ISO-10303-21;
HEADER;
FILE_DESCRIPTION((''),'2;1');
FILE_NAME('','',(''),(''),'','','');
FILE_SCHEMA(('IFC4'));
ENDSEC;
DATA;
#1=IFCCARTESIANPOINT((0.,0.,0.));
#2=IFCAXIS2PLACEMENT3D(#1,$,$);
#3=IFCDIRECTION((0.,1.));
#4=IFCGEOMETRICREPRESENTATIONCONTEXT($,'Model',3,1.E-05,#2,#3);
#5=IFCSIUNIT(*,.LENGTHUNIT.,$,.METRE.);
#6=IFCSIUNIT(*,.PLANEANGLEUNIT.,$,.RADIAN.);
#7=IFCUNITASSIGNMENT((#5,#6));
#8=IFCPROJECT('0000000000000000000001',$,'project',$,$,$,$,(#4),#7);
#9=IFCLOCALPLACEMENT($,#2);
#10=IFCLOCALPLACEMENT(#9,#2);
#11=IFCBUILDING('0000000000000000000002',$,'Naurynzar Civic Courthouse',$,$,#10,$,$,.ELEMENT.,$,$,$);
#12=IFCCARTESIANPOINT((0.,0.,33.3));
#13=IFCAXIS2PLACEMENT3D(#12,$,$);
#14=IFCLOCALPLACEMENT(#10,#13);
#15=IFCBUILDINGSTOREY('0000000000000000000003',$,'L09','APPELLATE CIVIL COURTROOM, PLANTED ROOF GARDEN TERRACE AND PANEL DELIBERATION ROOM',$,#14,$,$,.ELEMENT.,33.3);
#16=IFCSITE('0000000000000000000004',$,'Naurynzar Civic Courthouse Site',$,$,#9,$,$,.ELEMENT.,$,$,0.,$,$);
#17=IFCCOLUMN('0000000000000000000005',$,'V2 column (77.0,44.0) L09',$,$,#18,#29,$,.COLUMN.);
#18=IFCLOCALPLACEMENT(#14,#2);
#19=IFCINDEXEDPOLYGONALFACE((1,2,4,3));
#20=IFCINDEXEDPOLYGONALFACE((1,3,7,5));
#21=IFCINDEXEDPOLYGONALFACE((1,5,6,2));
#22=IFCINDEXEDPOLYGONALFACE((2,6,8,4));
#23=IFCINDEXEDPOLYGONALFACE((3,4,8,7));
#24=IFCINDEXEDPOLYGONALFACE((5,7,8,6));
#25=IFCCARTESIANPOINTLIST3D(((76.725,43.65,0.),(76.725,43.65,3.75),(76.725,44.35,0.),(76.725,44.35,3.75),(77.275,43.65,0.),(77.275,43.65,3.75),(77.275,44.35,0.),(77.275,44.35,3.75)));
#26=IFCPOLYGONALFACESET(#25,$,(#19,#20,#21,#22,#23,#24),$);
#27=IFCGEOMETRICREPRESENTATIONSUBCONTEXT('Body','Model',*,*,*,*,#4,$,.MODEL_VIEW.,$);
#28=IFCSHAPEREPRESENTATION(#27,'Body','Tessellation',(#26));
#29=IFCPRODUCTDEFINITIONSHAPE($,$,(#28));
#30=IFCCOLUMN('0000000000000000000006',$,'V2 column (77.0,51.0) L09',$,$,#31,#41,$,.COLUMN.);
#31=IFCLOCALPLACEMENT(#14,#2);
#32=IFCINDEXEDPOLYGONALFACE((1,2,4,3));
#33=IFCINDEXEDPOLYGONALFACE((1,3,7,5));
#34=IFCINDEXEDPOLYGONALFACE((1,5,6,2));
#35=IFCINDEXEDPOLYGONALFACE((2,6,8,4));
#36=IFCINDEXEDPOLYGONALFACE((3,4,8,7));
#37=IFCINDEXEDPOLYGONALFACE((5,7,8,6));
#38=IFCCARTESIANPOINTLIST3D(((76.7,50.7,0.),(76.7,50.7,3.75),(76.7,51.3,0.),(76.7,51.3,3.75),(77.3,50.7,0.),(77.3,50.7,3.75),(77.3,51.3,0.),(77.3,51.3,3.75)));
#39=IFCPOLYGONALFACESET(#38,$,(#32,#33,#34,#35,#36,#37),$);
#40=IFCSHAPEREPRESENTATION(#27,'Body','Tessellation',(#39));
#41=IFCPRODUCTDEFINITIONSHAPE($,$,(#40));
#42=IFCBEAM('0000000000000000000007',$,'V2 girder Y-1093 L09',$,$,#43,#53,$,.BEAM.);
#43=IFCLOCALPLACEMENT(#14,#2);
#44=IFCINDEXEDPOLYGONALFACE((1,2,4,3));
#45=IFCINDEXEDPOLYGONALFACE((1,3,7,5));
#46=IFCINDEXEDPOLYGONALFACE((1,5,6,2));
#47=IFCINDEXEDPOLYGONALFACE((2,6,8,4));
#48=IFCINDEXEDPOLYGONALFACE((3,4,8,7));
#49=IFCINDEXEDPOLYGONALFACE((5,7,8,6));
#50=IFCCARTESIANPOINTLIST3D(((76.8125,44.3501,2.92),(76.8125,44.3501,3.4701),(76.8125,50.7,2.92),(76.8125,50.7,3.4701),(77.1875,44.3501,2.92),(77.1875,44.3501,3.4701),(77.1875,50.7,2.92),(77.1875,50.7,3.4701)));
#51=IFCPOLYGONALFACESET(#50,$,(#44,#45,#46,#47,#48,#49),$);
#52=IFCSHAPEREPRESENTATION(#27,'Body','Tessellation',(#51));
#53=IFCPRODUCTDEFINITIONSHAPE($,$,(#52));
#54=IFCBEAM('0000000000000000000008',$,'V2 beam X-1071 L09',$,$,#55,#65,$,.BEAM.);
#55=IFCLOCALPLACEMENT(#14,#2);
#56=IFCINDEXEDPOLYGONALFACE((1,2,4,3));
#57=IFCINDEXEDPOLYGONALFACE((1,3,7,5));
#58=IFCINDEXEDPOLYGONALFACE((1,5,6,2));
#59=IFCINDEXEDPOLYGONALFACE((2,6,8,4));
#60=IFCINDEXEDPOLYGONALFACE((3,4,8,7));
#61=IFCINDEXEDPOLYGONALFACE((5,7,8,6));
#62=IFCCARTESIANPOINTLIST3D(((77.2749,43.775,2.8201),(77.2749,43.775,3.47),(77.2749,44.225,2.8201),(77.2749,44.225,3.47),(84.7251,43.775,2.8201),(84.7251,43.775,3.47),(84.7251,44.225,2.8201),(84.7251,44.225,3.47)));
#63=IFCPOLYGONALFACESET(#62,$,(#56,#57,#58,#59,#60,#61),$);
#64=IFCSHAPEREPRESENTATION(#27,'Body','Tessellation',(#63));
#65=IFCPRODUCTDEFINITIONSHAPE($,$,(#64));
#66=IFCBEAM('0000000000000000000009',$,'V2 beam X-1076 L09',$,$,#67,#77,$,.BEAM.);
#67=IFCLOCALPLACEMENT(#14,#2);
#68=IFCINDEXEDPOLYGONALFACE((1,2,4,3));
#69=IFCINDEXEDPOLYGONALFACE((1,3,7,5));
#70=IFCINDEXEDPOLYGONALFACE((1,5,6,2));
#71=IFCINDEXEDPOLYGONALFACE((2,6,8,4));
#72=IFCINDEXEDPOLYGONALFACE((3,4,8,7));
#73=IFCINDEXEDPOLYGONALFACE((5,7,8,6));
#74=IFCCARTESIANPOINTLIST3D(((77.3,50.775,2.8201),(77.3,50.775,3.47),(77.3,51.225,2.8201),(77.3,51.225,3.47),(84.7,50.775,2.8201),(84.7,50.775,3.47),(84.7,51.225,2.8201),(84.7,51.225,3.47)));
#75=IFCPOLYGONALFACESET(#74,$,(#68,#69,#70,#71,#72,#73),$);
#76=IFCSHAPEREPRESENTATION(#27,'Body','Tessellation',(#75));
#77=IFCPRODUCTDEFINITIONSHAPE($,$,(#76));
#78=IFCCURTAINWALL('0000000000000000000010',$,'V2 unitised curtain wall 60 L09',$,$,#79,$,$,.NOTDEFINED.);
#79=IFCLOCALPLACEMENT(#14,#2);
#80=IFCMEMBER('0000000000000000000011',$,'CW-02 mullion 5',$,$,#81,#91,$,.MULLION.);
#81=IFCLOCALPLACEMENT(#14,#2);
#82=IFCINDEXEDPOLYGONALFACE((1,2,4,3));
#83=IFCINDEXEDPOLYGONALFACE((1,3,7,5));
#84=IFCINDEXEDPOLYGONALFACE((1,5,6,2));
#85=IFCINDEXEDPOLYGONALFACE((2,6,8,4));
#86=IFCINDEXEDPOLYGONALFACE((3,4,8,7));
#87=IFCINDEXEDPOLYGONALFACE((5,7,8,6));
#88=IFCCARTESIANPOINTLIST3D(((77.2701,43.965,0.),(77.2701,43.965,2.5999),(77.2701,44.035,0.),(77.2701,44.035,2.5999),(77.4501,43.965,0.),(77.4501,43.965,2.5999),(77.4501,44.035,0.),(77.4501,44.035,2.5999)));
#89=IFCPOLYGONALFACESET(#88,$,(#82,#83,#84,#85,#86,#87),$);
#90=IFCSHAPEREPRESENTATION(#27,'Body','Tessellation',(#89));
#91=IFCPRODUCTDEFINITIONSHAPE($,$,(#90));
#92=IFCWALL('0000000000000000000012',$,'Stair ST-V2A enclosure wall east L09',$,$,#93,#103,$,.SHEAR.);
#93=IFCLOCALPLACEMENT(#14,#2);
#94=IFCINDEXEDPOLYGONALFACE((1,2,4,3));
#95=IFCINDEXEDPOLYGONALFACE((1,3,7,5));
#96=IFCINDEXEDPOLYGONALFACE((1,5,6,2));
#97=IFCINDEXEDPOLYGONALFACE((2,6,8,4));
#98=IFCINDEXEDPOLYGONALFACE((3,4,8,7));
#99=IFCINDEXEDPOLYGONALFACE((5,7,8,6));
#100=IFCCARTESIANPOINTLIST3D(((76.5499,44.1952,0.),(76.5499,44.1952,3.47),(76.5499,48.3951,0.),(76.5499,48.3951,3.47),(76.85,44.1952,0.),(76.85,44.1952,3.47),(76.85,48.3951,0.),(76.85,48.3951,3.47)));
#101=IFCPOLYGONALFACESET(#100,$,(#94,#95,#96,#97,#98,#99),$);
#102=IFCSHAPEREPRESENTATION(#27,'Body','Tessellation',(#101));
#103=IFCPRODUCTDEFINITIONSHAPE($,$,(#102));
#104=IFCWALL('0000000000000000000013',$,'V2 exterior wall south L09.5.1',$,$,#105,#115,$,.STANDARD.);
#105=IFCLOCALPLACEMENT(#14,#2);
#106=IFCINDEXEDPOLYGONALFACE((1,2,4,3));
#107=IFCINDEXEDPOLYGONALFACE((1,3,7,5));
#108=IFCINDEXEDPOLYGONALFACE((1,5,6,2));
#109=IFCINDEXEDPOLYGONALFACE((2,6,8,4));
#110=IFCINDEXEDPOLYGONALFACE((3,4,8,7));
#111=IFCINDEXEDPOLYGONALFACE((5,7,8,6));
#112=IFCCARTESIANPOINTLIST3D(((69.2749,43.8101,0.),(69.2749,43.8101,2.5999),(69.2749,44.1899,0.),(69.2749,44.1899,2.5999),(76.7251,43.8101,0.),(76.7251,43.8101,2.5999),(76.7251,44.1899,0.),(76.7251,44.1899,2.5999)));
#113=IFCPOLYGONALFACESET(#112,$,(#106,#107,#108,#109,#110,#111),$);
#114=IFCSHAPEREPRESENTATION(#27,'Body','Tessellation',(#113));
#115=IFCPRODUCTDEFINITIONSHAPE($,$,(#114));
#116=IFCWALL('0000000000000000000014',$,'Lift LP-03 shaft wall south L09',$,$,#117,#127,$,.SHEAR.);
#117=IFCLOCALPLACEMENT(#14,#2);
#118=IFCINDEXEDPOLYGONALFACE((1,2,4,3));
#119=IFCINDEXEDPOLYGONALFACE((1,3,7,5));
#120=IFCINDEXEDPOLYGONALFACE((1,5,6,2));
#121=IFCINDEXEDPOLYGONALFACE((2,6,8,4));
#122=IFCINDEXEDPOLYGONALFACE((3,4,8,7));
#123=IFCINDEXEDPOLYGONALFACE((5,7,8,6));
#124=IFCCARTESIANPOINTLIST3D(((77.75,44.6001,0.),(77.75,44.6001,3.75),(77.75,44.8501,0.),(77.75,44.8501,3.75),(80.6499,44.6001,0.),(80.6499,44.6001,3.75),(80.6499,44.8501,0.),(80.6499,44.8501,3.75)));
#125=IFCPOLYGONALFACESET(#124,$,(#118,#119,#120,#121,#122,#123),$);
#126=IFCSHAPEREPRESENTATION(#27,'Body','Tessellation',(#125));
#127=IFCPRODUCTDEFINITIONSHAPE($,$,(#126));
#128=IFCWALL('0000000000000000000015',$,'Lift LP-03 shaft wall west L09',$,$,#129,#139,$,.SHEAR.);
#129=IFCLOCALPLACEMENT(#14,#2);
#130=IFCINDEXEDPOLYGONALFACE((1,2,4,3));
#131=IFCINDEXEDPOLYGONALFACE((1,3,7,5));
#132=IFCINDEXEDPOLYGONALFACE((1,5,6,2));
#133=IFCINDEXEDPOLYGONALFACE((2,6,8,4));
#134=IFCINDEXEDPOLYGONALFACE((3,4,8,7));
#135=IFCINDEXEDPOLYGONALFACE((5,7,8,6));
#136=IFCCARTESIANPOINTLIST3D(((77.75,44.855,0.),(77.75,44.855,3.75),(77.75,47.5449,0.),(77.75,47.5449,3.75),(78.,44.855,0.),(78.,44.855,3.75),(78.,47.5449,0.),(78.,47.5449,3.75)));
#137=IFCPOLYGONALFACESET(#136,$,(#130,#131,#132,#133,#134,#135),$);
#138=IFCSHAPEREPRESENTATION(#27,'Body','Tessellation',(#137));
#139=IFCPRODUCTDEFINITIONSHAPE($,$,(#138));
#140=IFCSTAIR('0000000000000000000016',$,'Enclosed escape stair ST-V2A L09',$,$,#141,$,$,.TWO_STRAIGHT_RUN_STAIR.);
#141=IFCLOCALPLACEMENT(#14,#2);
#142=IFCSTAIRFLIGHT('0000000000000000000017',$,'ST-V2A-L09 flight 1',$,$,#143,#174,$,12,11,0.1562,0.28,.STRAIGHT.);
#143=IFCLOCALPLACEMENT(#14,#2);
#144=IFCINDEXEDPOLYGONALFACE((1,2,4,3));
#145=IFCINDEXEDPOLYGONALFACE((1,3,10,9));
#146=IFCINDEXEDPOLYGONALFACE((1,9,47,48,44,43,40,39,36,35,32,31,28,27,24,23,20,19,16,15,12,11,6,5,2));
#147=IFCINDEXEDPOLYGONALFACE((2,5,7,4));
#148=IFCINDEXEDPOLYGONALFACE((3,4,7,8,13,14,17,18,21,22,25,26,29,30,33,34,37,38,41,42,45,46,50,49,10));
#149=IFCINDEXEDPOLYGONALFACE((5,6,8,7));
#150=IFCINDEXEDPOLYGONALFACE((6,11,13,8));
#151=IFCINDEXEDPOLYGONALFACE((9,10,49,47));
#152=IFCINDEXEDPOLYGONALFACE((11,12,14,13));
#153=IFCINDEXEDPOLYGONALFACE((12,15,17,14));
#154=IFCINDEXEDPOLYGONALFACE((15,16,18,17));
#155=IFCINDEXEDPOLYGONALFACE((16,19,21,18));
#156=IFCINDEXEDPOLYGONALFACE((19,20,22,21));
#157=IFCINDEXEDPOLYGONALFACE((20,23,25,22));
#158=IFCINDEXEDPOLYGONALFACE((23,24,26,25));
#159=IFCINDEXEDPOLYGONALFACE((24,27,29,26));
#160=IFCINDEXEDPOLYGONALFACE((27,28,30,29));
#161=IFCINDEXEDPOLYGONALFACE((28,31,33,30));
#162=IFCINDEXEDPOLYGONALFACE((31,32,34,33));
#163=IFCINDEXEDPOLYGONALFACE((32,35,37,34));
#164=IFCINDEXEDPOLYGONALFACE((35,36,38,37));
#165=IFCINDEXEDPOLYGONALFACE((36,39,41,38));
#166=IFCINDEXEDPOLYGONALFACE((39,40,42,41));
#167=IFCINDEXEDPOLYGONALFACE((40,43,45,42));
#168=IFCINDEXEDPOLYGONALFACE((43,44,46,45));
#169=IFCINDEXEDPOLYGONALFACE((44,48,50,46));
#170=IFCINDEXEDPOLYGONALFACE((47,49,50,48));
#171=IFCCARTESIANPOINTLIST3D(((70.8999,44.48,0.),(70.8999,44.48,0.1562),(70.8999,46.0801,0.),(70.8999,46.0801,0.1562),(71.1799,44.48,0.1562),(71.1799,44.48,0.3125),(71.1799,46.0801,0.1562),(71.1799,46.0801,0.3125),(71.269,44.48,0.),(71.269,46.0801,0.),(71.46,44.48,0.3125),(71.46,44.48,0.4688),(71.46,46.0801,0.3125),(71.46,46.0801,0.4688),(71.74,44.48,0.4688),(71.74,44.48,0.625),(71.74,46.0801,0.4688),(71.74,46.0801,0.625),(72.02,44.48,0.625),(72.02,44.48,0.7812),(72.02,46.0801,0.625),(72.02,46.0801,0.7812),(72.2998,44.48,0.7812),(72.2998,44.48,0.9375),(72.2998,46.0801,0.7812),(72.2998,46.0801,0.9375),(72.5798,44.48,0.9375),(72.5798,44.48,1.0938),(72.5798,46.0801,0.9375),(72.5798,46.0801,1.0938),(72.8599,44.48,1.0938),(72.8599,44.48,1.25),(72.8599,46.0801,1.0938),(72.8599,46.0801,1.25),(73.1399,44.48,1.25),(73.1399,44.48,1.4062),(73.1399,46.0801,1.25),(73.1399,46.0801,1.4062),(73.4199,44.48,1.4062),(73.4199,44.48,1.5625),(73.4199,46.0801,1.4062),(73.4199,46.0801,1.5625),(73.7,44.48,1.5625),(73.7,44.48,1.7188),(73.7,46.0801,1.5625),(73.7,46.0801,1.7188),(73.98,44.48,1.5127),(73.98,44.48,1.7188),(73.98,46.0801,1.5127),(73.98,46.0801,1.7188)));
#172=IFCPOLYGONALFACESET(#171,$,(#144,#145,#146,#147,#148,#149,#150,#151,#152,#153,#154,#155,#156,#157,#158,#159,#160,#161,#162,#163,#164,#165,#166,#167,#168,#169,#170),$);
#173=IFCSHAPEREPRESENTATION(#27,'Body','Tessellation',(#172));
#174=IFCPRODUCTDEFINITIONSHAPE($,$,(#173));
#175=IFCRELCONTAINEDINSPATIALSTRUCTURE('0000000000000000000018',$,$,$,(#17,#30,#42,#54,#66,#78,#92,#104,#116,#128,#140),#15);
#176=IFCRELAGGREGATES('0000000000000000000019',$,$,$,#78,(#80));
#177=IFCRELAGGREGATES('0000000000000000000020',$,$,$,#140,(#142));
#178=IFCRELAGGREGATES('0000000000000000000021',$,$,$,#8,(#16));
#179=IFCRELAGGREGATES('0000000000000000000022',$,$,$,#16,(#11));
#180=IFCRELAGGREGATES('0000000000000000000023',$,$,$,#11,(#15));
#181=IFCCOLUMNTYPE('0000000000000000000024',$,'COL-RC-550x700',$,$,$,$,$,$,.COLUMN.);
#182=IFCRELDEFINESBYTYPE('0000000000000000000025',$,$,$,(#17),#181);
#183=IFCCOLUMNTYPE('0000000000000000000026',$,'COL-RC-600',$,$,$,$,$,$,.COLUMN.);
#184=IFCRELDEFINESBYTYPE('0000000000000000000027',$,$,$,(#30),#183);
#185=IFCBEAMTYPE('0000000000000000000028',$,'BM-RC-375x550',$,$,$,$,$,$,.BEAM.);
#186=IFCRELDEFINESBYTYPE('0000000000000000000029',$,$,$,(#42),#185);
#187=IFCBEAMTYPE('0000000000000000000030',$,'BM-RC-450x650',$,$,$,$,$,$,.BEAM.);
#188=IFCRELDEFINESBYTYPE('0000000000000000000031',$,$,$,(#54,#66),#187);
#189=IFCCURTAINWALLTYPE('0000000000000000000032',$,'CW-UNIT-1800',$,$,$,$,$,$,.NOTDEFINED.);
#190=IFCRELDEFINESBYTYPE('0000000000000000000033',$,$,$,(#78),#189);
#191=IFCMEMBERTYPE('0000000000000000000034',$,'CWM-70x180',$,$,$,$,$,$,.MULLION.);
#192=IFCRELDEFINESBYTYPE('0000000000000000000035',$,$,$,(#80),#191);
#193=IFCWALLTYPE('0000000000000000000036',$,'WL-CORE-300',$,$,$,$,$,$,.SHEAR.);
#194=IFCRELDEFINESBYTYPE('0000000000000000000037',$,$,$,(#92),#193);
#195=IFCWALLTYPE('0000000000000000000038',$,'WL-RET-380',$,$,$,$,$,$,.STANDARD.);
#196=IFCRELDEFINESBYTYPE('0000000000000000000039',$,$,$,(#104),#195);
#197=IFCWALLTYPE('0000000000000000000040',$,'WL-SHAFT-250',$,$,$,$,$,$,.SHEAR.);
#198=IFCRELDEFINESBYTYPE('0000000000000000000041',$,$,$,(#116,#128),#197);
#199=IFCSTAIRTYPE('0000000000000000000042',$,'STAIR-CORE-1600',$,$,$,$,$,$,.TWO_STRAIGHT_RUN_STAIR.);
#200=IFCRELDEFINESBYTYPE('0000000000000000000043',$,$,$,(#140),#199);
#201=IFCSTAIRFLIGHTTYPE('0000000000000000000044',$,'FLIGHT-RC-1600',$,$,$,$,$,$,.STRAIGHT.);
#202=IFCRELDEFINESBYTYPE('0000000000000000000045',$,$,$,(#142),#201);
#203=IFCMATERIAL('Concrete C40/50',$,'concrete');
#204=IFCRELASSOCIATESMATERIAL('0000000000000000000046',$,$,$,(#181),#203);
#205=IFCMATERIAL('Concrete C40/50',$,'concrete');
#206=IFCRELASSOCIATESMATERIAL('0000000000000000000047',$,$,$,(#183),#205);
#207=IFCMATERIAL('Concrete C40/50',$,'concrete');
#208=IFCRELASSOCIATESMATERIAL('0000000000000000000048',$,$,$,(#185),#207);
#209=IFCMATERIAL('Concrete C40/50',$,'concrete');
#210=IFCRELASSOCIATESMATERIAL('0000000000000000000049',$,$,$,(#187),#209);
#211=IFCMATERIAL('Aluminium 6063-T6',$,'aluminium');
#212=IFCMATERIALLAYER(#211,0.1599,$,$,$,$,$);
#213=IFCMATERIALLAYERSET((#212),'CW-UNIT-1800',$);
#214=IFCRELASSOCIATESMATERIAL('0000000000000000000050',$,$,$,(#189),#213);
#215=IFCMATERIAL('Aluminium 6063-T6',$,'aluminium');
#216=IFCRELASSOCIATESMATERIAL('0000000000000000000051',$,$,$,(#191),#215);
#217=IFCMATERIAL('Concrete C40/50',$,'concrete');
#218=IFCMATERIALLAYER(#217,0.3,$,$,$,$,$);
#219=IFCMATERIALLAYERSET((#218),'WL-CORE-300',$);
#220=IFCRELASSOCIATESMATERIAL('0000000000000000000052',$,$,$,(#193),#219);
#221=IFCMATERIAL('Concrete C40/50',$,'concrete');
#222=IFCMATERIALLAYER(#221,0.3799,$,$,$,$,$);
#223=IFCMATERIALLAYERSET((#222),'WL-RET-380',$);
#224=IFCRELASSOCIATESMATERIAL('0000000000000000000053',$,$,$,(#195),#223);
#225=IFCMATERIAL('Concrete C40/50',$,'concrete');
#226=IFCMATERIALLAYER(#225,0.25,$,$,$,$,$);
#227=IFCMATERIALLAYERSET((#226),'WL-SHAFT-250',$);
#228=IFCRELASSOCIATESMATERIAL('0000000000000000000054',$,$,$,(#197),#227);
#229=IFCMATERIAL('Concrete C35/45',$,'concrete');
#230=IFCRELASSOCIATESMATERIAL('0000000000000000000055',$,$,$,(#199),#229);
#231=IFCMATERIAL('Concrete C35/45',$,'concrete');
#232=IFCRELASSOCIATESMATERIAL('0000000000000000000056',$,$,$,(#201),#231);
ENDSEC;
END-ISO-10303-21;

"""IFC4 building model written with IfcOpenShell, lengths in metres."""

from ifc_helpers import new_model, si_unit, direction, frame, frame_2d, origin, origin_2d, place, context, subcontext, project, spatial, polyline, rectangle, outline, extrude, material, layer, layer_set, material_profile, profile_set, type_object, element, aggregate, save


model = new_model("IFC4")

# Units and contexts
model_context = context("Model", 3, precision=1e-05, world=origin(), true_north=direction((0.0, 1.0)))
body_context = subcontext(model_context, "Body", "Model", "MODEL_VIEW")
ifc_project = project(units=[si_unit("LENGTHUNIT", "METRE"), si_unit("PLANEANGLEUNIT", "RADIAN")], contexts=[model_context])

# Site, building, storey
site_placement = place(None, origin())
site = spatial("IfcSite", under=ifc_project, at=site_placement, Name="Naurynzar Civic Courthouse Site", CompositionType="ELEMENT", RefElevation=0.0)
building_placement = place(site_placement, origin())
building = spatial("IfcBuilding", under=site, at=building_placement, Name="Naurynzar Civic Courthouse", CompositionType="ELEMENT")
storey_placement = place(building_placement, frame((0.0, 0.0, 33.3)))
storey = spatial("IfcBuildingStorey", under=building, at=storey_placement, Name="L09", Description="APPELLATE CIVIL COURTROOM, PLANTED ROOF GARDEN TERRACE AND PANEL DELIBERATION ROOM", CompositionType="ELEMENT", Elevation=33.3)

# Columns
ifc_material_1 = material(Name="Concrete C40/50", Category="concrete")
ifc_material_profile_1 = material_profile(ifc_material_1, rectangle(XDim=0.55, YDim=0.7, at=origin_2d()), Name="RC 550x700")
ifc_profile_set_1 = profile_set([ifc_material_profile_1], Name="Concrete C40/50")
column_type_1 = type_object("IfcColumnType", Name="COL-RC-550x700", PredefinedType="COLUMN", material=ifc_profile_set_1)
column_1_placement = place(storey_placement, frame((77.0, 44.0, 0.0), z_axis=(0.0, 0.0, 1.0), x_axis=(1.0, 0.0, 0.0)))
element("IfcColumn", 1, at=column_1_placement, inside=storey, type_object=column_type_1, Name="V2 column (77.0,44.0) L09", PredefinedType="COLUMN", context=body_context, shape_type="SweptSolid", body=[
    extrude(rectangle(XDim=0.55, YDim=0.7, at=origin_2d()), origin(), (0.0, 0.0, 1.0), 3.75),
])
ifc_material_2 = material(Name="Concrete C40/50", Category="concrete")
ifc_material_profile_2 = material_profile(ifc_material_2, rectangle(XDim=0.6001, YDim=0.6001, at=origin_2d()), Name="RC 600x600")
ifc_profile_set_2 = profile_set([ifc_material_profile_2], Name="Concrete C40/50")
column_type_2 = type_object("IfcColumnType", Name="COL-RC-600", PredefinedType="COLUMN", material=ifc_profile_set_2)
column_2_placement = place(storey_placement, frame((77.0, 51.0, 0.0), z_axis=(0.0, 0.0, 1.0), x_axis=(1.0, 0.0, 0.0)))
element("IfcColumn", 2, at=column_2_placement, inside=storey, type_object=column_type_2, Name="V2 column (77.0,51.0) L09", PredefinedType="COLUMN", context=body_context, shape_type="SweptSolid", body=[
    extrude(rectangle(XDim=0.6001, YDim=0.6001, at=origin_2d()), origin(), (0.0, 0.0, 1.0), 3.75),
])

# Beams
ifc_material_3 = material(Name="Concrete C40/50", Category="concrete")
ifc_material_profile_3 = material_profile(ifc_material_3, rectangle(XDim=0.375, YDim=0.55, at=origin_2d()), Name="RCB 375x550")
ifc_profile_set_3 = profile_set([ifc_material_profile_3], Name="Concrete C40/50")
beam_type_1 = type_object("IfcBeamType", Name="BM-RC-375x550", PredefinedType="BEAM", material=ifc_profile_set_3)
beam_1_placement = place(storey_placement, frame((77.0, 44.3501, 3.1951), z_axis=(0.0, 1.0, 0.0), x_axis=(-1.0, 0.0, 0.0)))
element("IfcBeam", 3, at=beam_1_placement, inside=storey, type_object=beam_type_1, Name="V2 girder Y-1093 L09", PredefinedType="BEAM", context=body_context, shape_type="SweptSolid", body=[
    extrude(rectangle(XDim=0.375, YDim=0.55, at=origin_2d()), origin(), (0.0, 0.0, 1.0), 6.3499),
])
ifc_material_4 = material(Name="Concrete C40/50", Category="concrete")
ifc_material_profile_4 = material_profile(ifc_material_4, rectangle(XDim=0.45, YDim=0.6499, at=origin_2d()), Name="RCB 450x650")
ifc_profile_set_4 = profile_set([ifc_material_profile_4], Name="Concrete C40/50")
beam_type_2 = type_object("IfcBeamType", Name="BM-RC-450x650", PredefinedType="BEAM", material=ifc_profile_set_4)
beam_2_placement = place(storey_placement, frame((77.2749, 44.0, 3.145), z_axis=(1.0, 0.0, 0.0), x_axis=(0.0, 1.0, 0.0)))
element("IfcBeam", 4, at=beam_2_placement, inside=storey, type_object=beam_type_2, Name="V2 beam X-1071 L09", PredefinedType="BEAM", context=body_context, shape_type="SweptSolid", body=[
    extrude(rectangle(XDim=0.45, YDim=0.6499, at=origin_2d()), origin(), (0.0, 0.0, 1.0), 7.4502),
])
beam_3_placement = place(storey_placement, frame((77.3, 51.0, 3.145), z_axis=(1.0, 0.0, 0.0), x_axis=(0.0, 1.0, 0.0)))
element("IfcBeam", 5, at=beam_3_placement, inside=storey, type_object=beam_type_2, Name="V2 beam X-1076 L09", PredefinedType="BEAM", context=body_context, shape_type="SweptSolid", body=[
    extrude(rectangle(XDim=0.45, YDim=0.6499, at=origin_2d()), origin(), (0.0, 0.0, 1.0), 7.3999),
])

# Curtain wall, member
ifc_material_5 = material(Name="Aluminium 6063-T6", Category="aluminium")
ifc_layer_1 = layer(ifc_material_5, 0.1599)
ifc_layer_set_1 = layer_set([ifc_layer_1], Name="CW-UNIT-1800")
curtain_wall_type = type_object("IfcCurtainWallType", Name="CW-UNIT-1800", PredefinedType="NOTDEFINED", material=ifc_layer_set_1)
curtain_wall_placement = place(storey_placement, origin())
curtain_wall = element("IfcCurtainWall", 6, at=curtain_wall_placement, inside=storey, type_object=curtain_wall_type, Name="V2 unitised curtain wall 60 L09", PredefinedType="NOTDEFINED")
ifc_material_6 = material(Name="Aluminium 6063-T6", Category="aluminium")
ifc_material_profile_5 = material_profile(ifc_material_6, rectangle(XDim=0.0701, YDim=0.1799, at=origin_2d()), Name="ALU MULLION 70x180")
ifc_profile_set_5 = profile_set([ifc_material_profile_5], Name="Aluminium 6063-T6")
member_type = type_object("IfcMemberType", Name="CWM-70x180", PredefinedType="MULLION", material=ifc_profile_set_5)
member_placement = place(storey_placement, frame((77.3601, 44.0, 0.0), z_axis=(0.0, 0.0, 1.0), x_axis=(0.0, -1.0, 0.0)))
member = element("IfcMember", 7, at=member_placement, type_object=member_type, Name="CW-02 mullion 5", PredefinedType="MULLION", context=body_context, shape_type="SweptSolid", body=[
    extrude(rectangle(XDim=0.0701, YDim=0.1799, at=origin_2d()), origin(), (0.0, 0.0, 1.0), 2.5999),
])
aggregate(curtain_wall, [member])

# Shared definitions
ifc_material_7 = material(Name="Concrete C40/50", Category="concrete")
ifc_layer_2 = layer(ifc_material_7, 0.3)
ifc_layer_set_2 = layer_set([ifc_layer_2], Name="WL-CORE-300")
wall_type_1 = type_object("IfcWallType", Name="WL-CORE-300", PredefinedType="SHEAR", material=ifc_layer_set_2)

# Walls
wall_1_placement = place(storey_placement, frame((76.7, 44.1951, 0.0), z_axis=(0.0, 0.0, 1.0), x_axis=(0.0, 1.0, 0.0)))
element("IfcWall", 8, at=wall_1_placement, inside=storey, type_object=wall_type_1, Name="Stair ST-V2A enclosure wall east L09", PredefinedType="SHEAR", context=body_context, shape_type="SweptSolid", body=[
    extrude(rectangle(XDim=4.2, YDim=0.3, at=frame_2d((2.1001, 0.0))), origin(), (0.0, 0.0, 1.0), 3.47),
])
ifc_material_8 = material(Name="Concrete C40/50", Category="concrete")
ifc_layer_3 = layer(ifc_material_8, 0.3799)
ifc_layer_set_3 = layer_set([ifc_layer_3], Name="WL-RET-380")
wall_type_2 = type_object("IfcWallType", Name="WL-RET-380", PredefinedType="STANDARD", material=ifc_layer_set_3)
wall_2_placement = place(storey_placement, frame((76.7251, 44.0, 0.0), z_axis=(0.0, 0.0, 1.0), x_axis=(-1.0, 0.0, 0.0)))
element("IfcWall", 9, at=wall_2_placement, inside=storey, type_object=wall_type_2, Name="V2 exterior wall south L09.5.1", PredefinedType="STANDARD", context=body_context, shape_type="SweptSolid", body=[
    extrude(rectangle(XDim=7.4502, YDim=0.3799, at=frame_2d((3.7251, 0.0))), origin(), (0.0, 0.0, 1.0), 2.5999),
])
ifc_material_9 = material(Name="Concrete C40/50", Category="concrete")
ifc_layer_4 = layer(ifc_material_9, 0.25)
ifc_layer_set_4 = layer_set([ifc_layer_4], Name="WL-SHAFT-250")
wall_type_3 = type_object("IfcWallType", Name="WL-SHAFT-250", PredefinedType="SHEAR", material=ifc_layer_set_4)
wall_3_placement = place(storey_placement, frame((77.75, 44.7251, 0.0), z_axis=(0.0, 0.0, 1.0), x_axis=(1.0, 0.0, 0.0)))
element("IfcWall", 10, at=wall_3_placement, inside=storey, type_object=wall_type_3, Name="Lift LP-03 shaft wall south L09", PredefinedType="SHEAR", context=body_context, shape_type="SweptSolid", body=[
    extrude(rectangle(XDim=2.8999, YDim=0.25, at=frame_2d((1.45, 0.0))), origin(), (0.0, 0.0, 1.0), 3.75),
])
wall_4_placement = place(storey_placement, frame((77.875, 47.5449, 0.0), z_axis=(0.0, 0.0, 1.0), x_axis=(0.0, -1.0, 0.0)))
element("IfcWall", 11, at=wall_4_placement, inside=storey, type_object=wall_type_3, Name="Lift LP-03 shaft wall west L09", PredefinedType="SHEAR", context=body_context, shape_type="SweptSolid", body=[
    extrude(rectangle(XDim=2.6899, YDim=0.25, at=frame_2d((1.345, 0.0))), origin(), (0.0, 0.0, 1.0), 3.75),
])

# Stair, stair flight
ifc_material_10 = material(Name="Concrete C35/45", Category="concrete")
stair_type = type_object("IfcStairType", Name="STAIR-CORE-1600", PredefinedType="TWO_STRAIGHT_RUN_STAIR", material=ifc_material_10)
stair_placement = place(storey_placement, origin())
stair = element("IfcStair", 12, at=stair_placement, inside=storey, type_object=stair_type, Name="Enclosed escape stair ST-V2A L09", PredefinedType="TWO_STRAIGHT_RUN_STAIR")
ifc_material_11 = material(Name="Concrete C35/45", Category="concrete")
stair_flight_type = type_object("IfcStairFlightType", Name="FLIGHT-RC-1600", PredefinedType="STRAIGHT", material=ifc_material_11)
stair_flight_1_placement = place(storey_placement, frame((70.8999, 45.28, 0.0), z_axis=(0.0, 0.0, 1.0), x_axis=(1.0, 0.0, 0.0)))
stair_flight_1 = element("IfcStairFlight", 13, at=stair_flight_1_placement, type_object=stair_flight_type, Name="ST-V2A-L09 flight 1", NumberOfRisers=12, NumberOfTreads=11, PredefinedType="STRAIGHT", RiserHeight=0.1562, TreadLength=0.28, context=body_context, shape_type="SweptSolid", body=[
    extrude(outline(polyline([(0.0, 0.0), (0.0, 0.1562), (0.28, 0.1562), (0.28, 0.3125), (0.5601, 0.3125), (0.5601, 0.4688), (0.8401, 0.4688), (0.8401, 0.625), (1.1201, 0.625), (1.1201, 0.7812), (1.3999, 0.7812), (1.3999, 0.9375), (1.6799, 0.9375), (1.6799, 1.0938), (1.96, 1.0938), (1.96, 1.25), (2.24, 1.25), (2.24, 1.4062), (2.52, 1.4062), (2.52, 1.5625), (2.8, 1.5625), (2.8, 1.7188), (3.0801, 1.7188), (3.0801, 1.875), (3.0801, 1.5127), (0.3691, 0.0), (0.0, 0.0)])), frame((0.0, 0.8, 0.0), z_axis=(0.0, -1.0, 0.0), x_axis=(1.0, 0.0, 0.0)), (0.0, 0.0, 1.0), 1.6001),
])
aggregate(stair, [stair_flight_1])

save(model, "model.ifc")
